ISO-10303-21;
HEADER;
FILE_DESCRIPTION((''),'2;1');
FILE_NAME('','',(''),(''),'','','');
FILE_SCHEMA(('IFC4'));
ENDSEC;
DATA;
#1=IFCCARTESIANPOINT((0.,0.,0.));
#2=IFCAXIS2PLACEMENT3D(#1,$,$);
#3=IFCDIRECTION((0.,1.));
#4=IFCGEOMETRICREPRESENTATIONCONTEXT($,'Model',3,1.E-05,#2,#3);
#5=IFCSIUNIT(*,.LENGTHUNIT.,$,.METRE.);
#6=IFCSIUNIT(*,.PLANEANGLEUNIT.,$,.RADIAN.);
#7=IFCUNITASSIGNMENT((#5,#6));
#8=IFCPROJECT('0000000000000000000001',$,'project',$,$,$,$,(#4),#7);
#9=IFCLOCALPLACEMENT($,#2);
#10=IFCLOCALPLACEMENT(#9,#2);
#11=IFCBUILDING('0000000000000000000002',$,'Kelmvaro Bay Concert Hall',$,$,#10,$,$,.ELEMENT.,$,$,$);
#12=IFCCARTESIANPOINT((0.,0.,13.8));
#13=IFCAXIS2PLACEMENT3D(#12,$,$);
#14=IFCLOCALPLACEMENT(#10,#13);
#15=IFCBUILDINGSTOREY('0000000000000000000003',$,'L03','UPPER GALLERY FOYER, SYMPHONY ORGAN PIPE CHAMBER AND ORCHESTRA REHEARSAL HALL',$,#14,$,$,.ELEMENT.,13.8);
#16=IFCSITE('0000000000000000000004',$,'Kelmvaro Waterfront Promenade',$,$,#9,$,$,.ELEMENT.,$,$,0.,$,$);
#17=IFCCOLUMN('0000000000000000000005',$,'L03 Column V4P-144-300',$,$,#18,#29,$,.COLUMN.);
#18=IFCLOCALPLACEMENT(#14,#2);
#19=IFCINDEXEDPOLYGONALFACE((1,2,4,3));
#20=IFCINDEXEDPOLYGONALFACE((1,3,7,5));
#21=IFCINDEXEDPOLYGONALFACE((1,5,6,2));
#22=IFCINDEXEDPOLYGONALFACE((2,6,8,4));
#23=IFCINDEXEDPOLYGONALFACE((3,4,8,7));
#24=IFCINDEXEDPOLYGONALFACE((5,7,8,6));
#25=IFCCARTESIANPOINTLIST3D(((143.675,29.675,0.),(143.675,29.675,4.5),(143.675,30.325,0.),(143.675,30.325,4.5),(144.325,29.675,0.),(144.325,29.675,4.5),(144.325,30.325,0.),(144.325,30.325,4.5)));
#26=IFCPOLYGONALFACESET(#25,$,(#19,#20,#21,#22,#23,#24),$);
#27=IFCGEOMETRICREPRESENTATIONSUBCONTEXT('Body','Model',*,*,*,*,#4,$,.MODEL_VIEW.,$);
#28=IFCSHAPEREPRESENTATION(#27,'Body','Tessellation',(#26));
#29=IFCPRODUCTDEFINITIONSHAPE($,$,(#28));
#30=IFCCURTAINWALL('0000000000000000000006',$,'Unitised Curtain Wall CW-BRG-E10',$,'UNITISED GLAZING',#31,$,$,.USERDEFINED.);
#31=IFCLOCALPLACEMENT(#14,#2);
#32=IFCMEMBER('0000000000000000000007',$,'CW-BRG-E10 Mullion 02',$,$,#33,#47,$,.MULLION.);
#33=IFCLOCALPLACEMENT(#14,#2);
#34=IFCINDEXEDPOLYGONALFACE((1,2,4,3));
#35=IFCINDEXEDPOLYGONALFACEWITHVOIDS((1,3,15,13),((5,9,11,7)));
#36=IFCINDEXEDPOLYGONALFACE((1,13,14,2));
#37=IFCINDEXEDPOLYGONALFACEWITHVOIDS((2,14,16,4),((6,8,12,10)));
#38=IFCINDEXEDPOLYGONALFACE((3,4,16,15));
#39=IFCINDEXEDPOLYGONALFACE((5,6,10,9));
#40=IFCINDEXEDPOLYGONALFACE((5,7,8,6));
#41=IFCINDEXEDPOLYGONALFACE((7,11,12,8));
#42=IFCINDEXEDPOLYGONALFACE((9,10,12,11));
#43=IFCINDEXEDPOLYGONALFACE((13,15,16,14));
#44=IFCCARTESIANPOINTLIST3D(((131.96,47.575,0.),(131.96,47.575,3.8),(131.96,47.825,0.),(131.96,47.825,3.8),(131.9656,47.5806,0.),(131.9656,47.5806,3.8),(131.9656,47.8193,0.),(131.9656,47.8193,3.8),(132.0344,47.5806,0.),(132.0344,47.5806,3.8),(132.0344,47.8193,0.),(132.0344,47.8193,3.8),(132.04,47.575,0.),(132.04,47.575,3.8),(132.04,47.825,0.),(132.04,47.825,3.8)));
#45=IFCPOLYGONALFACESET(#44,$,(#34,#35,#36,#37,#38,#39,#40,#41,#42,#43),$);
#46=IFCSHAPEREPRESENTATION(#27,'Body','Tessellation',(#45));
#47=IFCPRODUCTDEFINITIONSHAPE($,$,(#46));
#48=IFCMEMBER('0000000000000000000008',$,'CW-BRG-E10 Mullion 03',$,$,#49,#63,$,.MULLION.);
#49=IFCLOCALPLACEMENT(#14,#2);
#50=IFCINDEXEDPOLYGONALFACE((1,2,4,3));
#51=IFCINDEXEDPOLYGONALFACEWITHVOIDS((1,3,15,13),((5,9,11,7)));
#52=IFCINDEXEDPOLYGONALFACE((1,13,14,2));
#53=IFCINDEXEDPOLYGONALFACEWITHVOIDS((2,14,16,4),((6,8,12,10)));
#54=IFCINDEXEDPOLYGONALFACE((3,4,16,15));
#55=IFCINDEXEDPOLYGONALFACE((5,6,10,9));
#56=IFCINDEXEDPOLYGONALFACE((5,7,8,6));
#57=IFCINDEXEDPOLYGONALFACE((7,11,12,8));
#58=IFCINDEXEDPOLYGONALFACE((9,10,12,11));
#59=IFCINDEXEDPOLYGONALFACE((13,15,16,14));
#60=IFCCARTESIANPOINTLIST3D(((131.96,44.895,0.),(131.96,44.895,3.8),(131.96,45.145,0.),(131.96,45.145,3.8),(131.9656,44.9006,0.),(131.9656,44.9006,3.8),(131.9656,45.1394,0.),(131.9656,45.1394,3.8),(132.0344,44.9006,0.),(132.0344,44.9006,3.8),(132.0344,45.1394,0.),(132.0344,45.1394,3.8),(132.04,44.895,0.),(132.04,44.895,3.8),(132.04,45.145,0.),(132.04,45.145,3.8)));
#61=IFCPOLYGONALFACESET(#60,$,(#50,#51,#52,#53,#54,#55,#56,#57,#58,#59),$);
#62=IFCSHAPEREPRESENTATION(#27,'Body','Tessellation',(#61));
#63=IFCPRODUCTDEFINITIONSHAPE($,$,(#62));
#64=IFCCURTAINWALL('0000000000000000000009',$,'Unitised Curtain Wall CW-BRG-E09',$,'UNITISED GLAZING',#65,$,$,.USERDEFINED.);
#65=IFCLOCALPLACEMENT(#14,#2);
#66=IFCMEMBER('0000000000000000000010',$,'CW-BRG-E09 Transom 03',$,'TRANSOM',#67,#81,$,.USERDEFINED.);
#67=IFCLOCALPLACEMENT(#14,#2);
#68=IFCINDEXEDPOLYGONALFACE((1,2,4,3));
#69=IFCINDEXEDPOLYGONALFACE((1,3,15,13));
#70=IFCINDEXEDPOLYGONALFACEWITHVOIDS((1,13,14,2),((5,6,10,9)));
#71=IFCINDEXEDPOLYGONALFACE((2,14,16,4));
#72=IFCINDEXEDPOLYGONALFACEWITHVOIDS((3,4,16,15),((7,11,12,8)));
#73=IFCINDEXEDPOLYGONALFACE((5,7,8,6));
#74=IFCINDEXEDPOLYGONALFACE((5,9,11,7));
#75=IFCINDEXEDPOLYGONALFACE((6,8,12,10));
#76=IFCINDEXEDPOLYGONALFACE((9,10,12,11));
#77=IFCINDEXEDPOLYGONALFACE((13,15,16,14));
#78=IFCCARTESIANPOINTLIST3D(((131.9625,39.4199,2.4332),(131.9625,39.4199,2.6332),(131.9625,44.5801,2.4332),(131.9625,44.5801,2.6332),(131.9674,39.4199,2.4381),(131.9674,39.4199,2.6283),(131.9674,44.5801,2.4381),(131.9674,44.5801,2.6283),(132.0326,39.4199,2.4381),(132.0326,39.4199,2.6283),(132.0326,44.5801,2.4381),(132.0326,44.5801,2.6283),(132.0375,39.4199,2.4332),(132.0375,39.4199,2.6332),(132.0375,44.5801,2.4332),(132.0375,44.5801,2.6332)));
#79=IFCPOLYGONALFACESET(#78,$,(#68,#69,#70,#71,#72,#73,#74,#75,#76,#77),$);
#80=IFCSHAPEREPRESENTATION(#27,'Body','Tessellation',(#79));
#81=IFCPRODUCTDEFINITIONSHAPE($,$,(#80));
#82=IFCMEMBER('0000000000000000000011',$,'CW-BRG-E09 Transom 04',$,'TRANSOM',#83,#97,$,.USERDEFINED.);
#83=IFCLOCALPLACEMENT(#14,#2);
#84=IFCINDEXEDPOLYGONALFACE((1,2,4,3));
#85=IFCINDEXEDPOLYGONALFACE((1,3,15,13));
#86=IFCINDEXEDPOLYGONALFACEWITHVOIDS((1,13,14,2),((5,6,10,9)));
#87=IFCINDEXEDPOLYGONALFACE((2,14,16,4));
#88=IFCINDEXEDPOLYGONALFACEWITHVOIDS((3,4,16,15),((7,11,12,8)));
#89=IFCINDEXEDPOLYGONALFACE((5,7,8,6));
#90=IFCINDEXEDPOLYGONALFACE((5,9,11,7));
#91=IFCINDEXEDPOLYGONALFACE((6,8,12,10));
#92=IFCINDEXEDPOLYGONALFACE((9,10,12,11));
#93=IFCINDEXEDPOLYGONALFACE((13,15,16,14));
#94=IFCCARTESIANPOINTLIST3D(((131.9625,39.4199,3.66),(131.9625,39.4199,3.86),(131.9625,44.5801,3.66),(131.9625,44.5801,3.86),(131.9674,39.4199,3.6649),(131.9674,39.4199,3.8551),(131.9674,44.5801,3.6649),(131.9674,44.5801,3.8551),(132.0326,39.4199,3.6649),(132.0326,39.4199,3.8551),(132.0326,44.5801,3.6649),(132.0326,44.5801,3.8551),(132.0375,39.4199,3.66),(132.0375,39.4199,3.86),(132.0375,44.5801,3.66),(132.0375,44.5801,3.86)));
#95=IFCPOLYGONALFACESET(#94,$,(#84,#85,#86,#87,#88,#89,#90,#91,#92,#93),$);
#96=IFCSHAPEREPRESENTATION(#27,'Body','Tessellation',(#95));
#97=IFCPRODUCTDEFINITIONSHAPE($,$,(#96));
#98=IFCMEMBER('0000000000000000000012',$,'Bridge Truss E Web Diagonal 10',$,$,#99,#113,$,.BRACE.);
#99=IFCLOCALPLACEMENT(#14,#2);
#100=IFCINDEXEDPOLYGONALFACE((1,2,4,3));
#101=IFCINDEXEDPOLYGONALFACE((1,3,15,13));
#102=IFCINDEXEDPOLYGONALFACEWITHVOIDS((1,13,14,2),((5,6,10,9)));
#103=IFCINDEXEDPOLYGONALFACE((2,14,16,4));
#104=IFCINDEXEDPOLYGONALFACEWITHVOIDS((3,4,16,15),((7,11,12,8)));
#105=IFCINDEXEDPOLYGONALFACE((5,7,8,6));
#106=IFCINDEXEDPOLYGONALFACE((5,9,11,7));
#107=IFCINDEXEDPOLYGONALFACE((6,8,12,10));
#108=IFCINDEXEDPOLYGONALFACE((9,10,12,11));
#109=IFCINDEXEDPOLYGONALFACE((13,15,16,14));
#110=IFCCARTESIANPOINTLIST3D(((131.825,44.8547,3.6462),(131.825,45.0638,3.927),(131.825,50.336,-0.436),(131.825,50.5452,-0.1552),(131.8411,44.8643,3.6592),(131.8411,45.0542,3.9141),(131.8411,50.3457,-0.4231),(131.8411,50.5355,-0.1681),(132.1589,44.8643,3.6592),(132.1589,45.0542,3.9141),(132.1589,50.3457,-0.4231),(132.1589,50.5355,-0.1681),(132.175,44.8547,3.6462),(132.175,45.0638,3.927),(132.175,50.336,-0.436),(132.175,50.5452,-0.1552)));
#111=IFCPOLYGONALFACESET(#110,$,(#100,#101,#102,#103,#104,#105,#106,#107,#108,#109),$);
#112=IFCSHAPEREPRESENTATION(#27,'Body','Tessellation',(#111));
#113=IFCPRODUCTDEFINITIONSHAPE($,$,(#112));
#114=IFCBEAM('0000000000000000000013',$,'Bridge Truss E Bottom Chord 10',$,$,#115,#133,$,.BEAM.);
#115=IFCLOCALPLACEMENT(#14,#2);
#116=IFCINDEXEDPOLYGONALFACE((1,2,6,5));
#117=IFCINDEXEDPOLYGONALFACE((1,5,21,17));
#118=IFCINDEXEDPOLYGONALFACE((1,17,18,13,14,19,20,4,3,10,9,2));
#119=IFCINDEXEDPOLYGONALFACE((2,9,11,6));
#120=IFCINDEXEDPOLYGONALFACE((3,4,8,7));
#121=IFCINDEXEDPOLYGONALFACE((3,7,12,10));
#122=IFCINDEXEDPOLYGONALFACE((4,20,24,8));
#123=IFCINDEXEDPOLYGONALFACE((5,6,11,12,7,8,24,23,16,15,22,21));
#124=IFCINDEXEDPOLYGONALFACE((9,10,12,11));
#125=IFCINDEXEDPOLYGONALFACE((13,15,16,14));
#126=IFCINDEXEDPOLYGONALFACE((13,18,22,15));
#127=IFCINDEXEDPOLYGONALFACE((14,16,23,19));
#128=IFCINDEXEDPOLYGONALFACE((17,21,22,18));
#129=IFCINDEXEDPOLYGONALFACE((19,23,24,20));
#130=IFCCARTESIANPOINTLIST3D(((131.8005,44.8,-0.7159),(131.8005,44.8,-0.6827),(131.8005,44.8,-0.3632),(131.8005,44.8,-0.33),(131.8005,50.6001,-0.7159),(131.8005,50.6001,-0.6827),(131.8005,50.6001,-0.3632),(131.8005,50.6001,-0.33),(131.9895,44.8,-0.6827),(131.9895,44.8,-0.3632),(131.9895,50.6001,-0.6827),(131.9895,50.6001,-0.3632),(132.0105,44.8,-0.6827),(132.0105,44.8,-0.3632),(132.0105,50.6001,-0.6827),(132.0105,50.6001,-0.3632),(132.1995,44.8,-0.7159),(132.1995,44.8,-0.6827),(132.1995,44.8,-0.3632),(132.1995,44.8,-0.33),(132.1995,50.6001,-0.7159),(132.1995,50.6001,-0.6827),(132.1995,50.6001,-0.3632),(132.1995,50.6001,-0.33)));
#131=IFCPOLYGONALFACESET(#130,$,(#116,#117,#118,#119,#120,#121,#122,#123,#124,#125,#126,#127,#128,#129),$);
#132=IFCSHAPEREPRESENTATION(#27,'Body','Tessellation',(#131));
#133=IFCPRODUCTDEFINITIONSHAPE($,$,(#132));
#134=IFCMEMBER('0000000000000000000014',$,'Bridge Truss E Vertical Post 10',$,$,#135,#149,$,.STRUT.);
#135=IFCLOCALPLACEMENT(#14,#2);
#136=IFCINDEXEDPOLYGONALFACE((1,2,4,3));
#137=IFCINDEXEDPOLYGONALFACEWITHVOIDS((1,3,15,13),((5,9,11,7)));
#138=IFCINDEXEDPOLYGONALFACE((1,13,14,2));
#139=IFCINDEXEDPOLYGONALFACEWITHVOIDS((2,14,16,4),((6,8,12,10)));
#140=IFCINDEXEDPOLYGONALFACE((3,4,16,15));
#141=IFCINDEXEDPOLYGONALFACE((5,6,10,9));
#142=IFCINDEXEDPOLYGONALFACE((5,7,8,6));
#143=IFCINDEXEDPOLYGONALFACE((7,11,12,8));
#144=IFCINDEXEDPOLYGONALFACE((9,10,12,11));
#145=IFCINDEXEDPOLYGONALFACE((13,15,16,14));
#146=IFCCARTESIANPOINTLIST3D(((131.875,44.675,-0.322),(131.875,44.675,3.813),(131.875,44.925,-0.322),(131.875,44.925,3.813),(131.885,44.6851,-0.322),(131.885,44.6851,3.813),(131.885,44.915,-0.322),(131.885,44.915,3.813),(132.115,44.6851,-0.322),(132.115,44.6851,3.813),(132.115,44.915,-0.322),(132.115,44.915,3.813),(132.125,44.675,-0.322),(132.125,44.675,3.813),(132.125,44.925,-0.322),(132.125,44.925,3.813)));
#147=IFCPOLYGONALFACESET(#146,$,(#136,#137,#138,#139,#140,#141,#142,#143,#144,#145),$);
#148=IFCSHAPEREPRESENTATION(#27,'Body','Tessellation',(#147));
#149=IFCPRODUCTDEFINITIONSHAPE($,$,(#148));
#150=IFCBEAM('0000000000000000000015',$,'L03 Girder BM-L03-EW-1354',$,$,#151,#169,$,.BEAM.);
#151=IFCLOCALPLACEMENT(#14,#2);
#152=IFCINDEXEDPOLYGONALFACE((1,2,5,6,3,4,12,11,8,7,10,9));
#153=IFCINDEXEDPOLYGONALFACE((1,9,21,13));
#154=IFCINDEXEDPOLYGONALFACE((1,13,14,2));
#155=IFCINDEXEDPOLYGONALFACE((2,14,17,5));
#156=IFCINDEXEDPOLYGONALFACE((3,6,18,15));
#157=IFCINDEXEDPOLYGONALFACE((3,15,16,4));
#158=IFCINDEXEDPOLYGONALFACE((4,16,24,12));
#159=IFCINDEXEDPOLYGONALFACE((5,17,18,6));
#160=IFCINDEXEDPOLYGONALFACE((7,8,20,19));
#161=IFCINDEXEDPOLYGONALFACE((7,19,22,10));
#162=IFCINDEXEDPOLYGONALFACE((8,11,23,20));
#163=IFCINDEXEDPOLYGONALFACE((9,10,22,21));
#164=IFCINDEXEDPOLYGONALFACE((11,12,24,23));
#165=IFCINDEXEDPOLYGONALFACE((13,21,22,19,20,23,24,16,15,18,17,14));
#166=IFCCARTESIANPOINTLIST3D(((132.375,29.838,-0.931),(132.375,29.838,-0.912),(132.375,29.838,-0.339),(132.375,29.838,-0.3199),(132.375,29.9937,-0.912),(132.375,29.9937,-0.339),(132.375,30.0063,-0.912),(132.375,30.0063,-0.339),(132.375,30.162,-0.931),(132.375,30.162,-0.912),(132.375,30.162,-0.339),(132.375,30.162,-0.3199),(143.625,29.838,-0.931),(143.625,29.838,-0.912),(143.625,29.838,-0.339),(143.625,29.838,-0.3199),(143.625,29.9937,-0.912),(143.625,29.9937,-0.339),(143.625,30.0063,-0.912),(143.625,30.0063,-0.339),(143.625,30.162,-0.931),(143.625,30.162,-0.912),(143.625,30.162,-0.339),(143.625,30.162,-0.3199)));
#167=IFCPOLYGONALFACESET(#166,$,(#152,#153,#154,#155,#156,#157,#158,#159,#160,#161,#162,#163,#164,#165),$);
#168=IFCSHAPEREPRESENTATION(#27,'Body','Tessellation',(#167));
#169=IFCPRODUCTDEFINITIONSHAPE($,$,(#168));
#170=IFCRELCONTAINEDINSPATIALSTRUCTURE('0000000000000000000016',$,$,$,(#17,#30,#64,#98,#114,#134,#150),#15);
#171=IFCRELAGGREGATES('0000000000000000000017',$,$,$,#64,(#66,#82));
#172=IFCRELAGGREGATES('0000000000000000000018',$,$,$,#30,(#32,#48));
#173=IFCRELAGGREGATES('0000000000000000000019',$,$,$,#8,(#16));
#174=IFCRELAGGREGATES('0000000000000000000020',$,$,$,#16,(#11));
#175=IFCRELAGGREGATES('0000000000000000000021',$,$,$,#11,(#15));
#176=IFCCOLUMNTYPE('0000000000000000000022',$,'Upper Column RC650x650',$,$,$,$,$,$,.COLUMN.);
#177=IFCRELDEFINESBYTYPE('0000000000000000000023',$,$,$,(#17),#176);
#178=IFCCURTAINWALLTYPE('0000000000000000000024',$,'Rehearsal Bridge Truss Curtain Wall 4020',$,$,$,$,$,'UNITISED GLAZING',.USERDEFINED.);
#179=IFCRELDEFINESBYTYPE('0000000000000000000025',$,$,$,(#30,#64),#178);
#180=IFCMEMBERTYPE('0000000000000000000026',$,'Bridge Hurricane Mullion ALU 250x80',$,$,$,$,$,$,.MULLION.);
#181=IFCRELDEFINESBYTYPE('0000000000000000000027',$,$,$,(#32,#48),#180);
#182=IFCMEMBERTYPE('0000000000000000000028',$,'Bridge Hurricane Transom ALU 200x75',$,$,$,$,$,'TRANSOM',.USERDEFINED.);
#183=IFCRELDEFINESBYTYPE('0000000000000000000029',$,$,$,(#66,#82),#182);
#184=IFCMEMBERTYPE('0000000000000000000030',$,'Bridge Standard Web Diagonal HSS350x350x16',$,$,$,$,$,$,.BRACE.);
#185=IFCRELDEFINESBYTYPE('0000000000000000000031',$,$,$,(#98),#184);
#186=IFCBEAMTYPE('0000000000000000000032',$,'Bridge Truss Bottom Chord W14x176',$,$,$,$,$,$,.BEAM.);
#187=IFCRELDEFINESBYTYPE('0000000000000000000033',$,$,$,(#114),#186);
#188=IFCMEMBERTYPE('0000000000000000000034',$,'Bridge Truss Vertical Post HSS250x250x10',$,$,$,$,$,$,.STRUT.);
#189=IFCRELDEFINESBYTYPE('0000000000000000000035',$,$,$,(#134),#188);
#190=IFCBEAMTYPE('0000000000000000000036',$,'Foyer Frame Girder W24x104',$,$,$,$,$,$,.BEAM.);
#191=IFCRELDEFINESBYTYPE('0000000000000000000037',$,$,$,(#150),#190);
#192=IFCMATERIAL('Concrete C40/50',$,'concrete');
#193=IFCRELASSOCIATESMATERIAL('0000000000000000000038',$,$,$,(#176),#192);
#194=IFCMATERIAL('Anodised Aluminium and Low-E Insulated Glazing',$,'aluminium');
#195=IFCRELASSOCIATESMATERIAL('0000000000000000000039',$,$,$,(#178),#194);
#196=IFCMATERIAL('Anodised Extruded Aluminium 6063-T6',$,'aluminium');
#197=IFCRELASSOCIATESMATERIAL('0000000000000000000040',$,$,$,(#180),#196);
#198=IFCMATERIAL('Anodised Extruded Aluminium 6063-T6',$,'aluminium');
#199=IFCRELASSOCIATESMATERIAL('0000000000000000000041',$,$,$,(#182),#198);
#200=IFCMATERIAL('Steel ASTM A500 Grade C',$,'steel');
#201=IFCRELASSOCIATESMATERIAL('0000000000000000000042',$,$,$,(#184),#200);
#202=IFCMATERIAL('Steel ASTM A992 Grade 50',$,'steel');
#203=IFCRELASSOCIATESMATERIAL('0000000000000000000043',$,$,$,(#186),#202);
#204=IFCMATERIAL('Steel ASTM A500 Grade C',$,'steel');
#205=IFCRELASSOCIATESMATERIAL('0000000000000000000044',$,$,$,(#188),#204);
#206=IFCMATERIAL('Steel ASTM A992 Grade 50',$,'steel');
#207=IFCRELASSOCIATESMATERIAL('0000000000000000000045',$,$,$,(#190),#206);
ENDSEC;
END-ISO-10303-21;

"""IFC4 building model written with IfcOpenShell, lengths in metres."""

from ifc_helpers import new_model, si_unit, direction, frame, origin, origin_2d, place, context, subcontext, project, spatial, rectangle, hollow_rectangle, i_section, extrude, material, material_profile, profile_set, type_object, element, aggregate, save


model = new_model("IFC4")

# Units and contexts
model_context = context("Model", 3, precision=1e-05, world=origin(), true_north=direction((0.0, 1.0)))
body_context = subcontext(model_context, "Body", "Model", "MODEL_VIEW")
ifc_project = project(units=[si_unit("LENGTHUNIT", "METRE"), si_unit("PLANEANGLEUNIT", "RADIAN")], contexts=[model_context])

# Site, building, storey
site_placement = place(None, origin())
site = spatial("IfcSite", under=ifc_project, at=site_placement, Name="Kelmvaro Waterfront Promenade", CompositionType="ELEMENT", RefElevation=0.0)
building_placement = place(site_placement, origin())
building = spatial("IfcBuilding", under=site, at=building_placement, Name="Kelmvaro Bay Concert Hall", CompositionType="ELEMENT")
storey_placement = place(building_placement, frame((0.0, 0.0, 13.8)))
storey = spatial("IfcBuildingStorey", under=building, at=storey_placement, Name="L03", Description="UPPER GALLERY FOYER, SYMPHONY ORGAN PIPE CHAMBER AND ORCHESTRA REHEARSAL HALL", CompositionType="ELEMENT", Elevation=13.8)

# Column
ifc_material_1 = material(Name="Concrete C40/50", Category="concrete")
ifc_material_profile_1 = material_profile(ifc_material_1, rectangle(XDim=0.6499, YDim=0.6499, at=origin_2d()), Name="RC-COL-650X650")
ifc_profile_set_1 = profile_set([ifc_material_profile_1], Name="Concrete C40/50")
column_type = type_object("IfcColumnType", Name="Upper Column RC650x650", PredefinedType="COLUMN", material=ifc_profile_set_1)
column_placement = place(storey_placement, frame((144.0, 30.0, 0.0), z_axis=(0.0, 0.0, 1.0), x_axis=(1.0, 0.0, 0.0)))
element("IfcColumn", 1, at=column_placement, inside=storey, type_object=column_type, Name="L03 Column V4P-144-300", PredefinedType="COLUMN", context=body_context, shape_type="SweptSolid", body=[
    extrude(rectangle(XDim=0.6499, YDim=0.6499, at=origin_2d()), origin(), (0.0, 0.0, 1.0), 4.5),
])

# Curtain walls, members
ifc_material_2 = material(Name="Anodised Aluminium and Low-E Insulated Glazing", Category="aluminium")
curtain_wall_type = type_object("IfcCurtainWallType", Name="Rehearsal Bridge Truss Curtain Wall 4020", ElementType="UNITISED GLAZING", PredefinedType="USERDEFINED", material=ifc_material_2)
curtain_wall_1_placement = place(storey_placement, origin())
curtain_wall_1 = element("IfcCurtainWall", 2, at=curtain_wall_1_placement, inside=storey, type_object=curtain_wall_type, Name="Unitised Curtain Wall CW-BRG-E10", ObjectType="UNITISED GLAZING", PredefinedType="USERDEFINED")
ifc_material_3 = material(Name="Anodised Extruded Aluminium 6063-T6", Category="aluminium")
ifc_material_profile_2 = material_profile(ifc_material_3, hollow_rectangle(XDim=0.0801, YDim=0.25, WallThickness=0.0056, at=origin_2d()), Name="ALU-MUL-250X80")
ifc_profile_set_2 = profile_set([ifc_material_profile_2], Name="Anodised Extruded Aluminium 6063-T6")
member_type_1 = type_object("IfcMemberType", Name="Bridge Hurricane Mullion ALU 250x80", PredefinedType="MULLION", material=ifc_profile_set_2)
member_1_placement = place(storey_placement, frame((132.0, 47.7, 0.0), z_axis=(0.0, 0.0, 1.0), x_axis=(1.0, 0.0, 0.0)))
member_1 = element("IfcMember", 3, at=member_1_placement, type_object=member_type_1, Name="CW-BRG-E10 Mullion 02", PredefinedType="MULLION", context=body_context, shape_type="SweptSolid", body=[
    extrude(hollow_rectangle(XDim=0.0801, YDim=0.25, WallThickness=0.0056, at=origin_2d()), origin(), (0.0, 0.0, 1.0), 3.8),
])
member_2_placement = place(storey_placement, frame((132.0, 45.02, 0.0), z_axis=(0.0, 0.0, 1.0), x_axis=(1.0, 0.0, 0.0)))
member_2 = element("IfcMember", 4, at=member_2_placement, type_object=member_type_1, Name="CW-BRG-E10 Mullion 03", PredefinedType="MULLION", context=body_context, shape_type="SweptSolid", body=[
    extrude(hollow_rectangle(XDim=0.0801, YDim=0.25, WallThickness=0.0056, at=origin_2d()), origin(), (0.0, 0.0, 1.0), 3.8),
])
curtain_wall_2_placement = place(storey_placement, origin())
curtain_wall_2 = element("IfcCurtainWall", 5, at=curtain_wall_2_placement, inside=storey, type_object=curtain_wall_type, Name="Unitised Curtain Wall CW-BRG-E09", ObjectType="UNITISED GLAZING", PredefinedType="USERDEFINED")
ifc_material_4 = material(Name="Anodised Extruded Aluminium 6063-T6", Category="aluminium")
ifc_material_profile_3 = material_profile(ifc_material_4, hollow_rectangle(XDim=0.075, YDim=0.2, WallThickness=0.0049, at=origin_2d()), Name="ALU-TRN-200X75")
ifc_profile_set_3 = profile_set([ifc_material_profile_3], Name="Anodised Extruded Aluminium 6063-T6")
member_type_2 = type_object("IfcMemberType", Name="Bridge Hurricane Transom ALU 200x75", ElementType="TRANSOM", PredefinedType="USERDEFINED", material=ifc_profile_set_3)
member_3_placement = place(storey_placement, frame((132.0, 44.5801, 2.5332), z_axis=(0.0, -1.0, 0.0), x_axis=(1.0, 0.0, 0.0)))
member_3 = element("IfcMember", 6, at=member_3_placement, type_object=member_type_2, Name="CW-BRG-E09 Transom 03", ObjectType="TRANSOM", PredefinedType="USERDEFINED", context=body_context, shape_type="SweptSolid", body=[
    extrude(hollow_rectangle(XDim=0.075, YDim=0.2, WallThickness=0.0049, at=origin_2d()), origin(), (0.0, 0.0, 1.0), 5.1602),
])
member_4_placement = place(storey_placement, frame((132.0, 44.5801, 3.76), z_axis=(0.0, -1.0, 0.0), x_axis=(1.0, 0.0, 0.0)))
member_4 = element("IfcMember", 7, at=member_4_placement, type_object=member_type_2, Name="CW-BRG-E09 Transom 04", ObjectType="TRANSOM", PredefinedType="USERDEFINED", context=body_context, shape_type="SweptSolid", body=[
    extrude(hollow_rectangle(XDim=0.075, YDim=0.2, WallThickness=0.0049, at=origin_2d()), origin(), (0.0, 0.0, 1.0), 5.1602),
])
aggregate(curtain_wall_2, [member_3, member_4])

# Member
ifc_material_5 = material(Name="Steel ASTM A500 Grade C", Category="steel")
ifc_material_profile_4 = material_profile(ifc_material_5, hollow_rectangle(XDim=0.3501, YDim=0.3501, WallThickness=0.0161, at=origin_2d()), Name="HSS350X350X16")
ifc_profile_set_4 = profile_set([ifc_material_profile_4], Name="Steel ASTM A500 Grade C")
member_type_3 = type_object("IfcMemberType", Name="Bridge Standard Web Diagonal HSS350x350x16", PredefinedType="BRACE", material=ifc_profile_set_4)
member_5_placement = place(storey_placement, frame((132.0, 44.9592, 3.7866), z_axis=(0.0, 0.802019, -0.597299), x_axis=(-1.0, 0.0, 0.0)))
element("IfcMember", 8, at=member_5_placement, inside=storey, type_object=member_type_3, Name="Bridge Truss E Web Diagonal 10", PredefinedType="BRACE", context=body_context, shape_type="SweptSolid", body=[
    extrude(hollow_rectangle(XDim=0.3501, YDim=0.3501, WallThickness=0.0161, at=origin_2d()), origin(), (0.0, 0.0, 1.0), 6.8345),
])

# Beam
ifc_material_6 = material(Name="Steel ASTM A992 Grade 50", Category="steel")
ifc_material_profile_5 = material_profile(ifc_material_6, i_section(OverallWidth=0.3989, OverallDepth=0.386, WebThickness=0.021, FlangeThickness=0.0332, at=origin_2d()), Name="W14X176")
ifc_profile_set_5 = profile_set([ifc_material_profile_5], Name="Steel ASTM A992 Grade 50")
beam_type_1 = type_object("IfcBeamType", Name="Bridge Truss Bottom Chord W14x176", PredefinedType="BEAM", material=ifc_profile_set_5)
beam_1_placement = place(storey_placement, frame((132.0, 44.8, -0.5229), z_axis=(0.0, 1.0, 0.0), x_axis=(-1.0, 0.0, 0.0)))
element("IfcBeam", 9, at=beam_1_placement, inside=storey, type_object=beam_type_1, Name="Bridge Truss E Bottom Chord 10", PredefinedType="BEAM", context=body_context, shape_type="SweptSolid", body=[
    extrude(i_section(OverallWidth=0.3989, OverallDepth=0.386, WebThickness=0.021, FlangeThickness=0.0332, at=origin_2d()), origin(), (0.0, 0.0, 1.0), 5.8),
])

# Member
ifc_material_7 = material(Name="Steel ASTM A500 Grade C", Category="steel")
ifc_material_profile_6 = material_profile(ifc_material_7, hollow_rectangle(XDim=0.25, YDim=0.25, WallThickness=0.01, at=origin_2d()), Name="HSS250X250X10")
ifc_profile_set_6 = profile_set([ifc_material_profile_6], Name="Steel ASTM A500 Grade C")
member_type_4 = type_object("IfcMemberType", Name="Bridge Truss Vertical Post HSS250x250x10", PredefinedType="STRUT", material=ifc_profile_set_6)
member_6_placement = place(storey_placement, frame((132.0, 44.8, -0.322), z_axis=(0.0, 0.0, 1.0), x_axis=(1.0, 0.0, 0.0)))
element("IfcMember", 10, at=member_6_placement, inside=storey, type_object=member_type_4, Name="Bridge Truss E Vertical Post 10", PredefinedType="STRUT", context=body_context, shape_type="SweptSolid", body=[
    extrude(hollow_rectangle(XDim=0.25, YDim=0.25, WallThickness=0.01, at=origin_2d()), origin(), (0.0, 0.0, 1.0), 4.135),
])

# Beam
ifc_material_8 = material(Name="Steel ASTM A992 Grade 50", Category="steel")
ifc_material_profile_7 = material_profile(ifc_material_8, i_section(OverallWidth=0.324, OverallDepth=0.6111, WebThickness=0.0127, FlangeThickness=0.019, at=origin_2d()), Name="W24X104")
ifc_profile_set_7 = profile_set([ifc_material_profile_7], Name="Steel ASTM A992 Grade 50")
beam_type_2 = type_object("IfcBeamType", Name="Foyer Frame Girder W24x104", PredefinedType="BEAM", material=ifc_profile_set_7)
beam_2_placement = place(storey_placement, frame((132.375, 30.0, -0.6255), z_axis=(1.0, 0.0, 0.0), x_axis=(0.0, 1.0, 0.0)))
element("IfcBeam", 11, at=beam_2_placement, inside=storey, type_object=beam_type_2, Name="L03 Girder BM-L03-EW-1354", PredefinedType="BEAM", context=body_context, shape_type="SweptSolid", body=[
    extrude(i_section(OverallWidth=0.324, OverallDepth=0.6111, WebThickness=0.0127, FlangeThickness=0.019, at=origin_2d()), origin(), (0.0, 0.0, 1.0), 11.25),
])

aggregate(curtain_wall_1, [member_1, member_2])

save(model, "model.ifc")
